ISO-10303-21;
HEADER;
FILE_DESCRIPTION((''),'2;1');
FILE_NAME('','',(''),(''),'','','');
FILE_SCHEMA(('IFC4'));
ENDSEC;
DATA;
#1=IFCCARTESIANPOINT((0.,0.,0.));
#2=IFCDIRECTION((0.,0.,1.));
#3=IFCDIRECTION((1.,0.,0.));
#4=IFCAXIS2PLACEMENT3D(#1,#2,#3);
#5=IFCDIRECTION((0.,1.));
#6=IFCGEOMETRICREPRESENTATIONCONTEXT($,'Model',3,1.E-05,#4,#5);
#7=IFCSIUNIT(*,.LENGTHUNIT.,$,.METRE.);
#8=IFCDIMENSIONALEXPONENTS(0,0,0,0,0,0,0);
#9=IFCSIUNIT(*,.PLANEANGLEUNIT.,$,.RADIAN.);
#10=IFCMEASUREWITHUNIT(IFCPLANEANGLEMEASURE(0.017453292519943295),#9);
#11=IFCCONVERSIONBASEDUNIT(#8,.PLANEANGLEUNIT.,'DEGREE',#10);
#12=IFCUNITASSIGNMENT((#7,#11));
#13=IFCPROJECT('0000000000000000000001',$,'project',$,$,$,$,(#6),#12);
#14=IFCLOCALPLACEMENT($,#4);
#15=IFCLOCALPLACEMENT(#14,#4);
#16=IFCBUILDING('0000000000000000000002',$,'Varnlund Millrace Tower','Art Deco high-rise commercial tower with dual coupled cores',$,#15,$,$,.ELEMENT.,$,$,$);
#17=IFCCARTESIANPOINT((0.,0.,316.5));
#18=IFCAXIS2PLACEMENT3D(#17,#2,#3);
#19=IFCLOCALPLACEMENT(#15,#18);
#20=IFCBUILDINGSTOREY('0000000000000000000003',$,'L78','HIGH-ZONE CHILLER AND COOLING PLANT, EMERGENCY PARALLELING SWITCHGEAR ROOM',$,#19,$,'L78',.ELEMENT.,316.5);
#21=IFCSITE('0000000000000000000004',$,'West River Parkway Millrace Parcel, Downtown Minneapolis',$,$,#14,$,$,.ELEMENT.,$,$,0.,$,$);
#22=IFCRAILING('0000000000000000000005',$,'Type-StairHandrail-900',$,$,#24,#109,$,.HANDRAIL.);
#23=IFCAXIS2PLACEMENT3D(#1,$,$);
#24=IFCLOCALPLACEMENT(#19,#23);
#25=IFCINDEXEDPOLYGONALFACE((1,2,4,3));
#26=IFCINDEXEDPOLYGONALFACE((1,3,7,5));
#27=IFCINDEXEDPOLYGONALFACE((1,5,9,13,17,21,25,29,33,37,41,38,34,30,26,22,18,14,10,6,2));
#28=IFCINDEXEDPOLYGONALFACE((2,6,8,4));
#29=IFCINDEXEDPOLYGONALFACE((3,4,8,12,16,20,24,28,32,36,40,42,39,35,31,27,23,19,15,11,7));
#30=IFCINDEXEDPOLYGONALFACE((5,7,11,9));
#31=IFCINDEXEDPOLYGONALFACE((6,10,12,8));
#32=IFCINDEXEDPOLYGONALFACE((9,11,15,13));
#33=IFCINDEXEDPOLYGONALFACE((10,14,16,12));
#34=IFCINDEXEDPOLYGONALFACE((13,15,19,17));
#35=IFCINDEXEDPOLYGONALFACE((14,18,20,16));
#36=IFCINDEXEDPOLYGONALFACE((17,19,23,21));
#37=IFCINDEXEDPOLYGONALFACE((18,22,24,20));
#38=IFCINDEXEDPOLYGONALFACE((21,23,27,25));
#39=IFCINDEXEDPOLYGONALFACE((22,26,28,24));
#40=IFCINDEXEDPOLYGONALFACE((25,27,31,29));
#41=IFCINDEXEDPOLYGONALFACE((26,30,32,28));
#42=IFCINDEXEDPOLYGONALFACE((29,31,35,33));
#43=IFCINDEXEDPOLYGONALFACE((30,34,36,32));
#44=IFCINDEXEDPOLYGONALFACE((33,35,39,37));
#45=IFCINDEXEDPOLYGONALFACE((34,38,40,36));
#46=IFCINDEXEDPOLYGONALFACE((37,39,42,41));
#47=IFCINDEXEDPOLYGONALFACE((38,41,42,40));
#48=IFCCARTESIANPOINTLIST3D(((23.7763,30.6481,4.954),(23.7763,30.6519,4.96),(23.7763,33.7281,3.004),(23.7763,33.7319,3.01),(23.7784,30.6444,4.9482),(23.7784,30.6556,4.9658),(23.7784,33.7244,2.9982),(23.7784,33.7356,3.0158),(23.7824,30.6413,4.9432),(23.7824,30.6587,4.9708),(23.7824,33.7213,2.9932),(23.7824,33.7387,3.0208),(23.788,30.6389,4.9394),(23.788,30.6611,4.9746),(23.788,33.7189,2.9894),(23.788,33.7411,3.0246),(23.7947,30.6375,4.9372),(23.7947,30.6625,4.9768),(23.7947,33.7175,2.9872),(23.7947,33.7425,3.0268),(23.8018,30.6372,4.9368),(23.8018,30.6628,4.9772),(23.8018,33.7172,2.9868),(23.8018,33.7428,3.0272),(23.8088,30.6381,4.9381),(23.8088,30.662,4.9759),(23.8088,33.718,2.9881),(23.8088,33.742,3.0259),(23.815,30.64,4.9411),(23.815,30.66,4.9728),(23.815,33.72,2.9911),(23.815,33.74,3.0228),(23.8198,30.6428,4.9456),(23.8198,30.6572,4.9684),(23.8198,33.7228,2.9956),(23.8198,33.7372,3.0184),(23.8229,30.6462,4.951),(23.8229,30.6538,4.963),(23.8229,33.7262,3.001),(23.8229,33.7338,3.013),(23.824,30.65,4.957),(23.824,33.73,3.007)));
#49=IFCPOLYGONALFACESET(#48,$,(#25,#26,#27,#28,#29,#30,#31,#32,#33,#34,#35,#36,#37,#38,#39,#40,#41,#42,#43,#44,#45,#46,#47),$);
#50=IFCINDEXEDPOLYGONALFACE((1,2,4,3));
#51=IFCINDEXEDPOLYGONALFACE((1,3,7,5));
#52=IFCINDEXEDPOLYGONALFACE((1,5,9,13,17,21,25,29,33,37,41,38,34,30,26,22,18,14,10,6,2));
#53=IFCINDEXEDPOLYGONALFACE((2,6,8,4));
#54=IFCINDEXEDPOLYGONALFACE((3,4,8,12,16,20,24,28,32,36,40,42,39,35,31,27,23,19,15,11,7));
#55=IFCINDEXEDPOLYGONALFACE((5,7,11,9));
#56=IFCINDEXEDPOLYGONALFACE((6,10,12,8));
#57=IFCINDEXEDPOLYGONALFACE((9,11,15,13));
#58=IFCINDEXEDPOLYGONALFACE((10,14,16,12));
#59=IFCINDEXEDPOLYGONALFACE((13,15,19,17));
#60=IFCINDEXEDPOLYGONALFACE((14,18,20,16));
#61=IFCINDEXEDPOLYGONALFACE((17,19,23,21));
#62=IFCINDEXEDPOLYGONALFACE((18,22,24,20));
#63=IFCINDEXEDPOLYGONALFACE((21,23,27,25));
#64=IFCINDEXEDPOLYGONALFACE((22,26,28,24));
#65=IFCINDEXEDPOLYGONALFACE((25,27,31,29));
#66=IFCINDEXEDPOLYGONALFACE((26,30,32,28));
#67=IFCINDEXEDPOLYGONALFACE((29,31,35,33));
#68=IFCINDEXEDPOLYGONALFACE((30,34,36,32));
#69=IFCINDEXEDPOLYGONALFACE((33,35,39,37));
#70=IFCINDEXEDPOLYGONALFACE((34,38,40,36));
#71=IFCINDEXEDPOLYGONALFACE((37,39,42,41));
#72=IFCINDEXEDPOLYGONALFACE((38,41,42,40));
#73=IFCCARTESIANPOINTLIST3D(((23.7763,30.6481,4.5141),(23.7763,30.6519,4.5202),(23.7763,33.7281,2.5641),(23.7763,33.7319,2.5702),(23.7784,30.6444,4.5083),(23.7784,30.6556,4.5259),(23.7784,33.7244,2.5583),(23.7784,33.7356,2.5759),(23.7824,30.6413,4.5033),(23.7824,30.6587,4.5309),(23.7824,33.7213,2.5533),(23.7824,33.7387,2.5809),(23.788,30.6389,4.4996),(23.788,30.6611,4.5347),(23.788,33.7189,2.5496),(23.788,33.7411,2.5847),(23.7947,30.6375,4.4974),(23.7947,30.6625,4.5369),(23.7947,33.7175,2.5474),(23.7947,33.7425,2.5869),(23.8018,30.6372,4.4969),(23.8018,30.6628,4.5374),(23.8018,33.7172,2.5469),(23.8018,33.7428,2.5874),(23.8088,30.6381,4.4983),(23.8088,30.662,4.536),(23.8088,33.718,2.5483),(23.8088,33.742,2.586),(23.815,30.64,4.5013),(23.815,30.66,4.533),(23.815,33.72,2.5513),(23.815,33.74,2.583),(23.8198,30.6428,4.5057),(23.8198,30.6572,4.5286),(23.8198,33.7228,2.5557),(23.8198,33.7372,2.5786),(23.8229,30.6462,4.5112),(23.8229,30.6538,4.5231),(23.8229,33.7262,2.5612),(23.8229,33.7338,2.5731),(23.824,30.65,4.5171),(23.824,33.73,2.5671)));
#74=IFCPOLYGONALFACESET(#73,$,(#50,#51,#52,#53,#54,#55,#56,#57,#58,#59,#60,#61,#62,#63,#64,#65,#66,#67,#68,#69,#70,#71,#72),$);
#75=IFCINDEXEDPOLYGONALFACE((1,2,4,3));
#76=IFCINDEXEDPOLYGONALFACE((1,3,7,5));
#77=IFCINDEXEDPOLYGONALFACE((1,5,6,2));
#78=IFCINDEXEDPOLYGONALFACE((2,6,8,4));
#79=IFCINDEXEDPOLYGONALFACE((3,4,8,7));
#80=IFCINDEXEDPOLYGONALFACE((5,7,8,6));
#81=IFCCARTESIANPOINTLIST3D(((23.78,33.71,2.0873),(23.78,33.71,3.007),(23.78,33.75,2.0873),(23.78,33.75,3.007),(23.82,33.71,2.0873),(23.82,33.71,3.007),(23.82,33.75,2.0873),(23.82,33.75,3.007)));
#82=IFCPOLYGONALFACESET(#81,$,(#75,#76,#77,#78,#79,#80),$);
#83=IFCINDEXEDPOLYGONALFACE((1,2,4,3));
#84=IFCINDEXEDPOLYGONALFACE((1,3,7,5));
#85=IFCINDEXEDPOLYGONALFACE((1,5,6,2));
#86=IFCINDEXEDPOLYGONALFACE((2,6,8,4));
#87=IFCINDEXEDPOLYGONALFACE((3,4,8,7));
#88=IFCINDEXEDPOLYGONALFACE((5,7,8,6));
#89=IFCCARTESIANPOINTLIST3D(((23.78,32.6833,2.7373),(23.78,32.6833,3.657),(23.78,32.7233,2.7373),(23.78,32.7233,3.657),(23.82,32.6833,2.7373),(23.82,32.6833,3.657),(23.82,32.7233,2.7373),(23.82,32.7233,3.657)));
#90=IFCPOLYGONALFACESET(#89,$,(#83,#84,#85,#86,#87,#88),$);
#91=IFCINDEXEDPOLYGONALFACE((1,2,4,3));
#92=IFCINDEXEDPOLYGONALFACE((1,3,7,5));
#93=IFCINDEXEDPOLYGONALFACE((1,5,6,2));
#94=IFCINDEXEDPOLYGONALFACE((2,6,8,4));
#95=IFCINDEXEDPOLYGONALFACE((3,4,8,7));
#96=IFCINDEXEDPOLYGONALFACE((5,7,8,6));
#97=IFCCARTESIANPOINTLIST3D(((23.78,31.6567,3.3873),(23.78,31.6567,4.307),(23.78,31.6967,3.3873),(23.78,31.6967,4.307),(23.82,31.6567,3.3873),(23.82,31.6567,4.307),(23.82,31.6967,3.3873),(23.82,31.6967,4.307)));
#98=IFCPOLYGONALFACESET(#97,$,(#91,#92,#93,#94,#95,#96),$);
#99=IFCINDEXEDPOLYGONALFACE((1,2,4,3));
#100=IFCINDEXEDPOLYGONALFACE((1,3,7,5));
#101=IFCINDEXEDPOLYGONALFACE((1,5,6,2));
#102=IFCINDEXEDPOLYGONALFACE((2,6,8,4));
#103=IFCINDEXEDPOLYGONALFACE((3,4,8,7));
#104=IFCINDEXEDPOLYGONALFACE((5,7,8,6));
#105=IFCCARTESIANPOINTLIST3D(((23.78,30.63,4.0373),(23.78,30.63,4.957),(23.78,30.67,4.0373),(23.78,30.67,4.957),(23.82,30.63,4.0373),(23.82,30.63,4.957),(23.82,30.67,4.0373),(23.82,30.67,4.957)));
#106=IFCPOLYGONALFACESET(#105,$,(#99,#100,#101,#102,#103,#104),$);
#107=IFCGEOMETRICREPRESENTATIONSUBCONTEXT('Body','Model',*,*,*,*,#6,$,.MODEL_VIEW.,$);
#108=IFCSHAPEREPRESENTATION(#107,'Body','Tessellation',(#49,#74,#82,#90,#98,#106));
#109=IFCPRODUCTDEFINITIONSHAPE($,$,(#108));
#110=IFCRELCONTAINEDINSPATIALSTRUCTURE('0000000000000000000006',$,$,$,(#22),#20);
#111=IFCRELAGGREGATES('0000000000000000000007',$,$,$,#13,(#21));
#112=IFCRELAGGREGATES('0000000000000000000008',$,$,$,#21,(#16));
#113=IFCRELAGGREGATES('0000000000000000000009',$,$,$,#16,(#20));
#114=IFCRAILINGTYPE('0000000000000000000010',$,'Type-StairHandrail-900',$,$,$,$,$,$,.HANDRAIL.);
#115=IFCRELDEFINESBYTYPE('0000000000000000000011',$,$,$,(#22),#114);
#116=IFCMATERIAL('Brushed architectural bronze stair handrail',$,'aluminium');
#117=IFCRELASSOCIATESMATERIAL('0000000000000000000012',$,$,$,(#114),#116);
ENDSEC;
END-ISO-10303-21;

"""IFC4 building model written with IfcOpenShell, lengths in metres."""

from ifc_helpers import new_model, entity, si_unit, converted_unit, direction, frame, origin_with_axes, origin_2d_with_axis, place, context, subcontext, project, spatial, rectangle, circle, extrude, material, type_object, element, save


model = new_model("IFC4")

# Units and contexts
model_context = context("Model", 3, precision=1e-05, world=origin_with_axes(), true_north=direction((0.0, 1.0)))
body_context = subcontext(model_context, "Body", "Model", "MODEL_VIEW")
ifc_project = project(units=[si_unit("LENGTHUNIT", "METRE"), converted_unit("PLANEANGLEUNIT", "DEGREE", entity("IfcPlaneAngleMeasure", 0.017453292519943295), si_unit("PLANEANGLEUNIT", "RADIAN"), dimensions=[0, 0, 0, 0, 0, 0, 0])], contexts=[model_context])

# Site, building, storey
site_placement = place(None, origin_with_axes())
site = spatial("IfcSite", under=ifc_project, at=site_placement, Name="West River Parkway Millrace Parcel, Downtown Minneapolis", CompositionType="ELEMENT", RefElevation=0.0)
building_placement = place(site_placement, origin_with_axes())
building = spatial("IfcBuilding", under=site, at=building_placement, Name="Varnlund Millrace Tower", Description="Art Deco high-rise commercial tower with dual coupled cores", CompositionType="ELEMENT")
storey_placement = place(building_placement, frame((0.0, 0.0, 316.5), z_axis=(0.0, 0.0, 1.0), x_axis=(1.0, 0.0, 0.0)))
storey = spatial("IfcBuildingStorey", under=building, at=storey_placement, Name="L78", Description="HIGH-ZONE CHILLER AND COOLING PLANT, EMERGENCY PARALLELING SWITCHGEAR ROOM", LongName="L78", CompositionType="ELEMENT", Elevation=316.5)

# Railing
ifc_material_1 = material(Name="Brushed architectural bronze stair handrail", Category="aluminium")
railing_type_1 = type_object("IfcRailingType", Name="Type-StairHandrail-900", PredefinedType="HANDRAIL", material=ifc_material_1)
railing_1_placement = place(storey_placement, frame((0.0, 0.0, -316.5), z_axis=(0.0, 0.0, 1.0), x_axis=(1.0, 0.0, 0.0)))
element("IfcRailing", 1, at=railing_1_placement, inside=storey, type_object=railing_type_1, Name="Type-StairHandrail-900", PredefinedType="HANDRAIL", context=body_context, shape_type="SweptSolid", body=[
    extrude(circle(Radius=0.024, at=origin_2d_with_axis()), frame((23.8, 33.73, 319.507), z_axis=(0.0, -0.844902, 0.534922), x_axis=(1.0, 0.0, 0.0)), (0.0, 0.0, 1.0), 3.6454),
    extrude(circle(Radius=0.024, at=origin_2d_with_axis()), frame((23.8, 33.73, 319.0671), z_axis=(0.0, -0.844902, 0.534922), x_axis=(1.0, 0.0, 0.0)), (0.0, 0.0, 1.0), 3.6454),
    extrude(rectangle(XDim=0.04, YDim=0.04, at=origin_2d_with_axis()), frame((23.8, 33.73, 318.5873), z_axis=(0.0, 0.0, 1.0), x_axis=(1.0, 0.0, 0.0)), (0.0, 0.0, 1.0), 0.9197),
    extrude(rectangle(XDim=0.04, YDim=0.04, at=origin_2d_with_axis()), frame((23.8, 32.7033, 319.2373), z_axis=(0.0, 0.0, 1.0), x_axis=(1.0, 0.0, 0.0)), (0.0, 0.0, 1.0), 0.9197),
    extrude(rectangle(XDim=0.04, YDim=0.04, at=origin_2d_with_axis()), frame((23.8, 31.6767, 319.8873), z_axis=(0.0, 0.0, 1.0), x_axis=(1.0, 0.0, 0.0)), (0.0, 0.0, 1.0), 0.9197),
    extrude(rectangle(XDim=0.04, YDim=0.04, at=origin_2d_with_axis()), frame((23.8, 30.65, 320.5373), z_axis=(0.0, 0.0, 1.0), x_axis=(1.0, 0.0, 0.0)), (0.0, 0.0, 1.0), 0.9197),
])

save(model, "model.ifc")
